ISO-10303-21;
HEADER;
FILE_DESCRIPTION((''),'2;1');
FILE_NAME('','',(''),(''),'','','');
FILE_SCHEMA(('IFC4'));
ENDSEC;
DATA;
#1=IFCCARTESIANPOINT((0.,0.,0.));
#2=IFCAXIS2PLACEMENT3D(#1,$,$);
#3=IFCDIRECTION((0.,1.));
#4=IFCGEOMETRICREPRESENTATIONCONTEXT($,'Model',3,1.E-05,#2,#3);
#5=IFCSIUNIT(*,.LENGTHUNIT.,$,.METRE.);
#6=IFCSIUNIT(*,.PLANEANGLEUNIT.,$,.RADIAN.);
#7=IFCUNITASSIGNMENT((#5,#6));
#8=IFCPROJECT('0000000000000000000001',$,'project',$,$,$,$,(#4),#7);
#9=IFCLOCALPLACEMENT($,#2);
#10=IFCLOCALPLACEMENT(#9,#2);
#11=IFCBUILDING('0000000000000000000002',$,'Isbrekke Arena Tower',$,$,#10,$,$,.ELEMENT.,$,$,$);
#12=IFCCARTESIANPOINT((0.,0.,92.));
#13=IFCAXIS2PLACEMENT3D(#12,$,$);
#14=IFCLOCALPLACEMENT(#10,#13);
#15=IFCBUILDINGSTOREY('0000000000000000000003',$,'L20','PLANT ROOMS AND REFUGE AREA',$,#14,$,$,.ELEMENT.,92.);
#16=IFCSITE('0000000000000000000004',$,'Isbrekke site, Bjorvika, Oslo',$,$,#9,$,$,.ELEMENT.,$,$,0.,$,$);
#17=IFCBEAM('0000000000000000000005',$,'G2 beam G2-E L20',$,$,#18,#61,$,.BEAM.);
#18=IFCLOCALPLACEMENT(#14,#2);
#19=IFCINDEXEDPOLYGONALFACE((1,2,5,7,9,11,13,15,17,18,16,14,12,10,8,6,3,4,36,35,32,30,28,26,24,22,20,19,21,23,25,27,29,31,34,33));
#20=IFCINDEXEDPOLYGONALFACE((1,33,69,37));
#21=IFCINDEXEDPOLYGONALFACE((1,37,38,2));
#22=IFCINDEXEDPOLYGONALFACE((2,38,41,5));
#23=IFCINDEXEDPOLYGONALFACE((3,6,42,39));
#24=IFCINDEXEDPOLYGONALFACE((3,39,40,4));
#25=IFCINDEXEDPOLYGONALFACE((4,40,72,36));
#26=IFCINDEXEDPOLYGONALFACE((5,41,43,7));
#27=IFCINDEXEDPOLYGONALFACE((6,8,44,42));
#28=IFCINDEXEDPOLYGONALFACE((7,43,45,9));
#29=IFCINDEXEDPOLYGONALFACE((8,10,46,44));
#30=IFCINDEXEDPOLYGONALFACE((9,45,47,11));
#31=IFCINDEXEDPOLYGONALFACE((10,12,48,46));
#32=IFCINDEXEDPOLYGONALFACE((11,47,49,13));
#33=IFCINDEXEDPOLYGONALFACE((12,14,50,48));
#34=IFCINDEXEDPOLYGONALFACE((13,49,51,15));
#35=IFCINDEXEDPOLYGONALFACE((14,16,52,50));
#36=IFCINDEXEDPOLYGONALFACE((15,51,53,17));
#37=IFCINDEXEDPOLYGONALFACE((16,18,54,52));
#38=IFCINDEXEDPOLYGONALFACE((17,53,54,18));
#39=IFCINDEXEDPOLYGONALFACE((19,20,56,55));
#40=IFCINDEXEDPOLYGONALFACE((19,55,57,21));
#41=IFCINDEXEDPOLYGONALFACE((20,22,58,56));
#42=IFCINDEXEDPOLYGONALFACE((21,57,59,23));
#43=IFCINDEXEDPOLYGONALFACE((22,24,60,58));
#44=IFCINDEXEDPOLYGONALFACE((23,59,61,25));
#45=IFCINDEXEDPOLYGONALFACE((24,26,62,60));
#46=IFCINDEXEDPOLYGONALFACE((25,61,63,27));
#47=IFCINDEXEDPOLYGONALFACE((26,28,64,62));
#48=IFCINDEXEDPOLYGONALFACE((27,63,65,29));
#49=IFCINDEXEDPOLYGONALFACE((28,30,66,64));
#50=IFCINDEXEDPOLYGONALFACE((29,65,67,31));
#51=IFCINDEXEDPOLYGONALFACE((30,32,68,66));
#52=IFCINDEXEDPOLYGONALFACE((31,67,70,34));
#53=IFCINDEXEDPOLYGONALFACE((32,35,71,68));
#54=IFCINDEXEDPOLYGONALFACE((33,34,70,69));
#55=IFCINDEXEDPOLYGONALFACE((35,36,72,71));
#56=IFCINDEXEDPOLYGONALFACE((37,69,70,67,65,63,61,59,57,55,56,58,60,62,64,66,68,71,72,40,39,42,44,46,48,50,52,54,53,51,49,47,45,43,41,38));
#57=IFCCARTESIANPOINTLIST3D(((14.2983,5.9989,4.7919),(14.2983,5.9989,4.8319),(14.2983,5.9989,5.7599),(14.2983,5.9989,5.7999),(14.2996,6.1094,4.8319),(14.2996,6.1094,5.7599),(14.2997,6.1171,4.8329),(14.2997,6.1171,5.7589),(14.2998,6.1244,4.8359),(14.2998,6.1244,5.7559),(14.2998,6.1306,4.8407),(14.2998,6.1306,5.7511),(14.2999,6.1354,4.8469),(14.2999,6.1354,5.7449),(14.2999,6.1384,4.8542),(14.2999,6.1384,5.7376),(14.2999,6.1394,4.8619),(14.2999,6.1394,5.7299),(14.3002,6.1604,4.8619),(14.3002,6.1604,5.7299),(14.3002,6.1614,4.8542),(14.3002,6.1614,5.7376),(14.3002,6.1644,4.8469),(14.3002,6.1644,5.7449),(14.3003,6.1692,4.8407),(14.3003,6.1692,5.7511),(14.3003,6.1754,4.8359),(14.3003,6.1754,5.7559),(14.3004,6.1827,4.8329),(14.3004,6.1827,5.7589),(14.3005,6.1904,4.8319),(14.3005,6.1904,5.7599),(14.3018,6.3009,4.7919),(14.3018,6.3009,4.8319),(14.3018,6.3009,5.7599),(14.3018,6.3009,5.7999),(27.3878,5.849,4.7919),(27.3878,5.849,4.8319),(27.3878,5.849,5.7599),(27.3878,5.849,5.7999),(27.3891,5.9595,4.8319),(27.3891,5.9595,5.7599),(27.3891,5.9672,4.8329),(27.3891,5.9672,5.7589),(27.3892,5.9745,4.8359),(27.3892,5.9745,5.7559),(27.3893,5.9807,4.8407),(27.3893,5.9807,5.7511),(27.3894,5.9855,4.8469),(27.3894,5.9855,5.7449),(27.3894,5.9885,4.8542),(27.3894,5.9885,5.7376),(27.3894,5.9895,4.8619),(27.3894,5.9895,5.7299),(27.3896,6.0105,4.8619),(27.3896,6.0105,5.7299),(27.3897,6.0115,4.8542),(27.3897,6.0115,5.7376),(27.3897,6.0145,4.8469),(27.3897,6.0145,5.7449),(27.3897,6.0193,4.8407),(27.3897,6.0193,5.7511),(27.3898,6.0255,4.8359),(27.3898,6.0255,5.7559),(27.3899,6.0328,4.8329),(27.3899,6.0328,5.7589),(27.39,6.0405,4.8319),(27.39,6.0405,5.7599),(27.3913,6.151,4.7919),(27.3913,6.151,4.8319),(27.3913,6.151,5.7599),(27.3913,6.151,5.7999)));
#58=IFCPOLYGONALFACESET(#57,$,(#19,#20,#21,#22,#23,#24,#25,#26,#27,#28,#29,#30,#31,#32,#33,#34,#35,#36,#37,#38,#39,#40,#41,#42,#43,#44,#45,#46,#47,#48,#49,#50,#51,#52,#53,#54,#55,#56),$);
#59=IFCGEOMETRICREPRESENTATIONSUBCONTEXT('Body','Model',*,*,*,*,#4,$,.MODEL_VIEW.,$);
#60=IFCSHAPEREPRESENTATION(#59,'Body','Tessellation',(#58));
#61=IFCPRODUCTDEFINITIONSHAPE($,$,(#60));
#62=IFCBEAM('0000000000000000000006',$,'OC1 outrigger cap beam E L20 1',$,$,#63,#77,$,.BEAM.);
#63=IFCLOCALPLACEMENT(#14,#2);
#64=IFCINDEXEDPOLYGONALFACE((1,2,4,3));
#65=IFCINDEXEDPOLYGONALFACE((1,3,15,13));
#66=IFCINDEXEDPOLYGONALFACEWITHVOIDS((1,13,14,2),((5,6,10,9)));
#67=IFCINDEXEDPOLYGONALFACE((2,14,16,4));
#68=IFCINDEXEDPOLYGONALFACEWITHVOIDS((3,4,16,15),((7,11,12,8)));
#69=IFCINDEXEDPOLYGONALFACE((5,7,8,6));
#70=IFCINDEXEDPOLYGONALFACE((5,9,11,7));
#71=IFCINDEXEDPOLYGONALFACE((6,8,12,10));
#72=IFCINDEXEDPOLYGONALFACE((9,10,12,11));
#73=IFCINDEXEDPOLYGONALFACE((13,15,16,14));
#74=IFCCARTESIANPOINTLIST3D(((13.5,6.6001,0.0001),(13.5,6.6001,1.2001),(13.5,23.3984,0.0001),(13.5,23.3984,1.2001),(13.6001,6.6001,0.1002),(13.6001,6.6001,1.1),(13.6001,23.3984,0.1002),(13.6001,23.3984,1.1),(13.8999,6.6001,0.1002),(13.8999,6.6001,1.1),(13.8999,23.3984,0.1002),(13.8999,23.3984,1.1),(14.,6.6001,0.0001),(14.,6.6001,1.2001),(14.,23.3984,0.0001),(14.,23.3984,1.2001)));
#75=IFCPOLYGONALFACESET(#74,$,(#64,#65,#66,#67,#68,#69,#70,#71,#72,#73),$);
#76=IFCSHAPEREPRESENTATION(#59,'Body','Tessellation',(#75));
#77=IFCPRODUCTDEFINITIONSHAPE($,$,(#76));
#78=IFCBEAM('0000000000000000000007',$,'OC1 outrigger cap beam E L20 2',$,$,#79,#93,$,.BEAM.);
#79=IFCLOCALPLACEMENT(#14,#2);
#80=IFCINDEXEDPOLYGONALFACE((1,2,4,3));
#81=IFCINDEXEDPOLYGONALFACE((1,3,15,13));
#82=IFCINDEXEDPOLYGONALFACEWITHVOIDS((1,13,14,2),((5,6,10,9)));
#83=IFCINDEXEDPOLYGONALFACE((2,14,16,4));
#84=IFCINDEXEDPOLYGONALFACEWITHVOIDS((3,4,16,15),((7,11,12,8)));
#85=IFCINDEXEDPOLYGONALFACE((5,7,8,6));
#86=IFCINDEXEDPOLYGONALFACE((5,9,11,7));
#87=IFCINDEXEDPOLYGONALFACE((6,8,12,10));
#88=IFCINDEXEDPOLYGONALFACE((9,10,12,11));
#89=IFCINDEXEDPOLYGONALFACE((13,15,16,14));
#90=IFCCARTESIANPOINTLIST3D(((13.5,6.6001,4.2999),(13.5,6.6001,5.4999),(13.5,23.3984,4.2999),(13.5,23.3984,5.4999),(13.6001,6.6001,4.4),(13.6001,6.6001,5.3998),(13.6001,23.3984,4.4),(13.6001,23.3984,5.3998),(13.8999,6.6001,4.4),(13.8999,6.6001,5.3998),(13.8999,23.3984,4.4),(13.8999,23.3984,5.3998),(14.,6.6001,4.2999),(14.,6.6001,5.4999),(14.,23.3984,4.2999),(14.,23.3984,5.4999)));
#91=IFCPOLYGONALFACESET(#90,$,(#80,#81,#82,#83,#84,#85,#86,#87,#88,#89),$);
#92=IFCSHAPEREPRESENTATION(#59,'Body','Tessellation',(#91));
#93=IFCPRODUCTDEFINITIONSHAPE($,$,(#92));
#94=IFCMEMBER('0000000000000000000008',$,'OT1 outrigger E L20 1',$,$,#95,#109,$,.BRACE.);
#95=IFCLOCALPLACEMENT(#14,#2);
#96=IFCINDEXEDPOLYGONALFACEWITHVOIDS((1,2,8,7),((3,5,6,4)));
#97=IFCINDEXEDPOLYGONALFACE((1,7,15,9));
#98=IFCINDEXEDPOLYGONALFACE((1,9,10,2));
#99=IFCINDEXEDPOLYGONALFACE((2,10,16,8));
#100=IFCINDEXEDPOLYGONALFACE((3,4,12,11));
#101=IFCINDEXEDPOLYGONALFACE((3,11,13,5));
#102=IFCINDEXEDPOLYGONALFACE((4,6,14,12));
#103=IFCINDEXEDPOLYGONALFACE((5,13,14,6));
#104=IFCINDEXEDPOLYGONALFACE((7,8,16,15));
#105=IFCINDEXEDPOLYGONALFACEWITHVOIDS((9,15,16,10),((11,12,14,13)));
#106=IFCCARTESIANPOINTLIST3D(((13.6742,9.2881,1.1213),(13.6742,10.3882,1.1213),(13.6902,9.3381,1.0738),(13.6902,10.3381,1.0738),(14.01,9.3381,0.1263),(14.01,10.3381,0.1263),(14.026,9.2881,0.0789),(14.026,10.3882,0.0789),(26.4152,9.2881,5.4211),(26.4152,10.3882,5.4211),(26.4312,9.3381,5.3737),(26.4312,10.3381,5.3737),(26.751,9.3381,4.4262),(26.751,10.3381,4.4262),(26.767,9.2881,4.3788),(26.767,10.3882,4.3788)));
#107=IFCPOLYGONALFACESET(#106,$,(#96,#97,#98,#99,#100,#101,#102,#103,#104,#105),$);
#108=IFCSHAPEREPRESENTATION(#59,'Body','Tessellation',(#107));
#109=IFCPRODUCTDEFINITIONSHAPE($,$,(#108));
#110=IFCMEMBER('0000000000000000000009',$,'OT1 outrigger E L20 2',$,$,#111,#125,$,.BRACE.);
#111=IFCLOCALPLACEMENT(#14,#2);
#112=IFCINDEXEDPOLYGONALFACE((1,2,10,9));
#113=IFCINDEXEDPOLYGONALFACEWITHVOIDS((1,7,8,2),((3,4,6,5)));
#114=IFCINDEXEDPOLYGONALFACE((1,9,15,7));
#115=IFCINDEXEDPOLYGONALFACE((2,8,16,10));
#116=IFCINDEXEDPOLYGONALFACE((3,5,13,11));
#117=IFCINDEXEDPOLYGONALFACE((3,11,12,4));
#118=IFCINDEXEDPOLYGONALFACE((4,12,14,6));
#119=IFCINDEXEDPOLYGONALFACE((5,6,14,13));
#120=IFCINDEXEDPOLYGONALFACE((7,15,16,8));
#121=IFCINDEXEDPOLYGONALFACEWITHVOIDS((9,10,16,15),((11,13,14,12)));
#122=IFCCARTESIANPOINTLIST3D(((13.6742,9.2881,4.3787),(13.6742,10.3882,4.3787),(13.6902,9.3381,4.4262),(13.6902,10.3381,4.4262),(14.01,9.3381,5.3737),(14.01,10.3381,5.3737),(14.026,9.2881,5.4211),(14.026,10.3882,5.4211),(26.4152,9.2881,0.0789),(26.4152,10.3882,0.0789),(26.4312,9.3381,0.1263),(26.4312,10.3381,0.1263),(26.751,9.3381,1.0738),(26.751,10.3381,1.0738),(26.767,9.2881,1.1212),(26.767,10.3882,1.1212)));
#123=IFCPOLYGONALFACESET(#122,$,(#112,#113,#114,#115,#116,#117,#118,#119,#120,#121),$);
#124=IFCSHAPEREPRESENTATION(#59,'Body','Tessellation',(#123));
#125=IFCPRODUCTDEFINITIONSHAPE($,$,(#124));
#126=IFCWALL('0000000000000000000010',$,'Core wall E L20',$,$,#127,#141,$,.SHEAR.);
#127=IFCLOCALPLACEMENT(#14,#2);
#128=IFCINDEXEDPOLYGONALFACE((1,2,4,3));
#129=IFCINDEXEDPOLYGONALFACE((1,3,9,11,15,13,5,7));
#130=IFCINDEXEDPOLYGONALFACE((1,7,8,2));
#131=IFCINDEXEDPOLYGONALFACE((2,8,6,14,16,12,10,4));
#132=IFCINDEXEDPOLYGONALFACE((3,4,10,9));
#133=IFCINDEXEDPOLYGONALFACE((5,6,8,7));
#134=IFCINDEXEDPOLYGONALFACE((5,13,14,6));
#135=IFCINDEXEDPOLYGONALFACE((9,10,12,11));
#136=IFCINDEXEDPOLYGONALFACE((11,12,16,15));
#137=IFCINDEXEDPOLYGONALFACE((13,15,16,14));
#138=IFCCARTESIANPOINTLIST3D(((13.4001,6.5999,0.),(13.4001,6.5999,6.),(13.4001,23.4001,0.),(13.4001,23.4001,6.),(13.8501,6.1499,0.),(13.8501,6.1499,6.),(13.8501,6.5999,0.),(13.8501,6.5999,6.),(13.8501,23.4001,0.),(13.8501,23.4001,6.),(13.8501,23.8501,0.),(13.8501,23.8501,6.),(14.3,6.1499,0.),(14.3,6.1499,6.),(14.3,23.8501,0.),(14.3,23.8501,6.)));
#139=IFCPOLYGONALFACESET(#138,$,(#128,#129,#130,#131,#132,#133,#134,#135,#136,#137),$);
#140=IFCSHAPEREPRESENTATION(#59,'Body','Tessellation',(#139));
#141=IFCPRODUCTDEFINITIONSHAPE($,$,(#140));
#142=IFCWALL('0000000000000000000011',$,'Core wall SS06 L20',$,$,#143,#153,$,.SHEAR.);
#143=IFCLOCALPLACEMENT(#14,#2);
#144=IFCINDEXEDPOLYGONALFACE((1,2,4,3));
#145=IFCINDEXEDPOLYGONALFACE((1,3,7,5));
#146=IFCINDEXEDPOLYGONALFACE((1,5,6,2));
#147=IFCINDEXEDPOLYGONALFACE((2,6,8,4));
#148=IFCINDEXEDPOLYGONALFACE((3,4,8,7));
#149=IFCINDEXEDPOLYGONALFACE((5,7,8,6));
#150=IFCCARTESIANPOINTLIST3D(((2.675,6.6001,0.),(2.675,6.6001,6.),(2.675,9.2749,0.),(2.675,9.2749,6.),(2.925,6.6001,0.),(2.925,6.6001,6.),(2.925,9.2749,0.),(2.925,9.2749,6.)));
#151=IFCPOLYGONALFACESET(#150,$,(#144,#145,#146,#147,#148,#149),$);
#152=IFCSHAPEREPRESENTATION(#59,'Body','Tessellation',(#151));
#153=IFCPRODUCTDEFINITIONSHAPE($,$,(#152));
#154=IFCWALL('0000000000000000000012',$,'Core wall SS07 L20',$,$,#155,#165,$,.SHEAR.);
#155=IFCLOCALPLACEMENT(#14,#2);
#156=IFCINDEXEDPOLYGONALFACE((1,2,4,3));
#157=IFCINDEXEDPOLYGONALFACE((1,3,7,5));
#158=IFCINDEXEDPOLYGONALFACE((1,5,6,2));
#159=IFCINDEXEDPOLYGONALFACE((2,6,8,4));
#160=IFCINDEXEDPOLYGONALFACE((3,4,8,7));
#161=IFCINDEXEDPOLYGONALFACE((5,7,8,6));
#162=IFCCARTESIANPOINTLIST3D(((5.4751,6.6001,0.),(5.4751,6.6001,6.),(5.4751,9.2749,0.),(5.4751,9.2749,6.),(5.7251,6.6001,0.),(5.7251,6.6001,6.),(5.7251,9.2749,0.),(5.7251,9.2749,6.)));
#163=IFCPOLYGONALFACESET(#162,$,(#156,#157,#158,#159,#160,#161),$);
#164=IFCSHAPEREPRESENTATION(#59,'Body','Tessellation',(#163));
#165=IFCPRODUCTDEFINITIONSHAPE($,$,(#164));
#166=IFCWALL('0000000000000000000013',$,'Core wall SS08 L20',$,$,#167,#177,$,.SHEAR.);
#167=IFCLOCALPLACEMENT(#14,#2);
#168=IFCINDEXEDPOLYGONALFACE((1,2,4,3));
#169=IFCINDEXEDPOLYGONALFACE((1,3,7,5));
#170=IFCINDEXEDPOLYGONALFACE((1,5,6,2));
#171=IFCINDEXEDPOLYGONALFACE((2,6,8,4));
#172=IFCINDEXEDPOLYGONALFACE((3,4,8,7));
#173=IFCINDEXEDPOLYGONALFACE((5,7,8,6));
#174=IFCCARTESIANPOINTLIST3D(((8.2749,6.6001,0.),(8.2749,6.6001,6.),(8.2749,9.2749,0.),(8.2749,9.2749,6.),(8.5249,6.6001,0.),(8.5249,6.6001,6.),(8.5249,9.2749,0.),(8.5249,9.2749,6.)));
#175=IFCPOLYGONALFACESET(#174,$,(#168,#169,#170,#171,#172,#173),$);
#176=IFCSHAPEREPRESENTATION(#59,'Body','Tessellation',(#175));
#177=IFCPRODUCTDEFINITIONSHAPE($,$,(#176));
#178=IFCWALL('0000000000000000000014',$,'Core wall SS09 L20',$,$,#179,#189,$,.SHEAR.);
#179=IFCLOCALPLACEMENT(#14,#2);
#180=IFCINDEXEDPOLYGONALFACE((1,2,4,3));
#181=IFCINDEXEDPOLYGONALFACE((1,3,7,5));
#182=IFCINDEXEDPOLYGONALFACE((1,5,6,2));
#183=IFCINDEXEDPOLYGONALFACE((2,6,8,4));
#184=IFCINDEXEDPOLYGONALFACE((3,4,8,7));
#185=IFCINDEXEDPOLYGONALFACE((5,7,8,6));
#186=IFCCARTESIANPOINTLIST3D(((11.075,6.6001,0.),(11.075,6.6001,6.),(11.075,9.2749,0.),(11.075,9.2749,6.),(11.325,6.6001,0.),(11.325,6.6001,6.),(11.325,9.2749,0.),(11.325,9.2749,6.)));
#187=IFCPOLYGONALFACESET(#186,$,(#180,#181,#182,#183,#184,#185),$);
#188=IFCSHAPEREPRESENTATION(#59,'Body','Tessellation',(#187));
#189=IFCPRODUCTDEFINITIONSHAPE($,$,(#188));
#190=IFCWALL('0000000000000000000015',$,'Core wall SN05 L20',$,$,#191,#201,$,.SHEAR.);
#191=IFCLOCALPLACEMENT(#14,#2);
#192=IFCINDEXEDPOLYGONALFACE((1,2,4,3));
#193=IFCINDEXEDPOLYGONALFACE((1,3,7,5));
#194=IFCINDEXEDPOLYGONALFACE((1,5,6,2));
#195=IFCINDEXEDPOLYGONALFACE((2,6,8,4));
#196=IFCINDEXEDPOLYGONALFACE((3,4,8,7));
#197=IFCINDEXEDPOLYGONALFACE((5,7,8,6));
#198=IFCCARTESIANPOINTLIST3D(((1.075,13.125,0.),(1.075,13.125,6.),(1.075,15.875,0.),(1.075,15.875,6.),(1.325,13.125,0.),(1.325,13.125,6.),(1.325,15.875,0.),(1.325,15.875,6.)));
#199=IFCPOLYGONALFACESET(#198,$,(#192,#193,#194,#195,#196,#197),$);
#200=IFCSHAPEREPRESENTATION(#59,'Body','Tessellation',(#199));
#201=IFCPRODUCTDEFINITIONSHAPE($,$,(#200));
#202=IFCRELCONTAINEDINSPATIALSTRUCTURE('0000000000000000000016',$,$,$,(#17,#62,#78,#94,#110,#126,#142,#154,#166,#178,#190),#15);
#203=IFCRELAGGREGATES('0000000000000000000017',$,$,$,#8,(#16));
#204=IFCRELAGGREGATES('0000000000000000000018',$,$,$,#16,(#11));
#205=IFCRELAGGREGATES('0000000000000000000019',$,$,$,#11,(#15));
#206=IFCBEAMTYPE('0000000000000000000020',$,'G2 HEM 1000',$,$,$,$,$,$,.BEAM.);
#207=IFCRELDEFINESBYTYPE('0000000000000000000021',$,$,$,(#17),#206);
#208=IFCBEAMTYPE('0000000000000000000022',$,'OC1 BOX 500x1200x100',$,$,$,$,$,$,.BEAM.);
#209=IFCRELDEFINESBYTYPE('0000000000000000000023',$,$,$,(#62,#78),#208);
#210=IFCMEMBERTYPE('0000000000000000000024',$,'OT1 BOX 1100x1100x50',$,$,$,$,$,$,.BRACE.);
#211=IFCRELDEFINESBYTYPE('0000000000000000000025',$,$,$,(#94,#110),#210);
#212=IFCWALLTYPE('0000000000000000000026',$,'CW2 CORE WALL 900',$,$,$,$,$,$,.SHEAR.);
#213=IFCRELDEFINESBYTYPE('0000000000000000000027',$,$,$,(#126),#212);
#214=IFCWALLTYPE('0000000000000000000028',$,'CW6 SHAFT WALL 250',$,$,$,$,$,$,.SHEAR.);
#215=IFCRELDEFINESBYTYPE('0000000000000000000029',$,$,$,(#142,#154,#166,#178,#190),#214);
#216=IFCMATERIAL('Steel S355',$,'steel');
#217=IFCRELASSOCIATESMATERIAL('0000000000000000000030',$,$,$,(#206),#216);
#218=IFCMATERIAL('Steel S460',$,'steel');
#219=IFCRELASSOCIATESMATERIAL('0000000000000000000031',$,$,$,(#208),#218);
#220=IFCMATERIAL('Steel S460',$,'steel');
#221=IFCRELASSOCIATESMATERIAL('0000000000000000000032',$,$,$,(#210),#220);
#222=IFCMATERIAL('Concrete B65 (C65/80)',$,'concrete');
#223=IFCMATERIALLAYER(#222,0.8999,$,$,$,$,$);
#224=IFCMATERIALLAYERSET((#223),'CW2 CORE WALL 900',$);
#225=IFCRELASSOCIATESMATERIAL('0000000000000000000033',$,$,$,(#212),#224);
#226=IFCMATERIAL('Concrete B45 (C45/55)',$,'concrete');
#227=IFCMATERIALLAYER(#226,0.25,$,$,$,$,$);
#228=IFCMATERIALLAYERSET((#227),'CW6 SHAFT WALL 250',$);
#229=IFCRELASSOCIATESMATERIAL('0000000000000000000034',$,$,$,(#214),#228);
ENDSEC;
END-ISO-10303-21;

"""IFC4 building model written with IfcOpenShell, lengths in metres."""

from ifc_helpers import new_model, si_unit, direction, frame, frame_2d, origin, origin_2d, place, context, subcontext, project, spatial, polyline, rectangle, hollow_rectangle, i_section, outline, extrude, material, layer, layer_set, material_profile, profile_set, type_object, element, save


model = new_model("IFC4")

# Units and contexts
model_context = context("Model", 3, precision=1e-05, world=origin(), true_north=direction((0.0, 1.0)))
body_context = subcontext(model_context, "Body", "Model", "MODEL_VIEW")
ifc_project = project(units=[si_unit("LENGTHUNIT", "METRE"), si_unit("PLANEANGLEUNIT", "RADIAN")], contexts=[model_context])

# Site, building, storey
site_placement = place(None, origin())
site = spatial("IfcSite", under=ifc_project, at=site_placement, Name="Isbrekke site, Bjorvika, Oslo", CompositionType="ELEMENT", RefElevation=0.0)
building_placement = place(site_placement, origin())
building = spatial("IfcBuilding", under=site, at=building_placement, Name="Isbrekke Arena Tower", CompositionType="ELEMENT")
storey_placement = place(building_placement, frame((0.0, 0.0, 92.0)))
storey = spatial("IfcBuildingStorey", under=building, at=storey_placement, Name="L20", Description="PLANT ROOMS AND REFUGE AREA", CompositionType="ELEMENT", Elevation=92.0)

# Beams
ifc_material_1 = material(Name="Steel S355", Category="steel")
ifc_material_profile_1 = material_profile(ifc_material_1, i_section(OverallWidth=0.302, OverallDepth=1.0081, WebThickness=0.021, FlangeThickness=0.04, FilletRadius=0.03, at=origin_2d()), Name="HEM 1000")
ifc_profile_set_1 = profile_set([ifc_material_profile_1], Name="Steel S355")
beam_type_1 = type_object("IfcBeamType", Name="G2 HEM 1000", PredefinedType="BEAM", material=ifc_profile_set_1)
beam_placement = place(storey_placement, frame((14.3, 6.1499, 5.2959), z_axis=(0.999934, -0.011451, 0.0), x_axis=(0.011451, 0.999934, 0.0)))
element("IfcBeam", 1, at=beam_placement, inside=storey, type_object=beam_type_1, Name="G2 beam G2-E L20", PredefinedType="BEAM", context=body_context, shape_type="SweptSolid", body=[
    extrude(i_section(OverallWidth=0.302, OverallDepth=1.0081, WebThickness=0.021, FlangeThickness=0.04, FilletRadius=0.03, at=origin_2d()), origin(), (0.0, 0.0, 1.0), 13.0903),
])
ifc_material_2 = material(Name="Steel S460", Category="steel")
ifc_material_profile_2 = material_profile(ifc_material_2, hollow_rectangle(XDim=0.5, YDim=1.2, WallThickness=0.1001, at=origin_2d()), Name="BOX 500x1200x100")
ifc_profile_set_2 = profile_set([ifc_material_profile_2], Name="Steel S460")
beam_type_2 = type_object("IfcBeamType", Name="OC1 BOX 500x1200x100", PredefinedType="BEAM", material=ifc_profile_set_2)
for number, where, z_axis, x_axis, name in (
    (2, (13.75, 6.6001, 0.6001), (0.0, 1.0, 0.0), (-1.0, 0.0, 0.0), "OC1 outrigger cap beam E L20 1"),
    (3, (13.75, 6.6001, 4.8999), (0.0, 1.0, 0.0), (-1.0, 0.0, 0.0), "OC1 outrigger cap beam E L20 2"),
):
    element("IfcBeam", number, at=place(storey_placement, frame(where, z_axis=z_axis, x_axis=x_axis)), inside=storey, type_object=beam_type_2, Name=name, PredefinedType="BEAM", context=body_context, shape_type="SweptSolid", body=[
        extrude(hollow_rectangle(XDim=0.5, YDim=1.2, WallThickness=0.1001, at=origin_2d()), origin(), (0.0, 0.0, 1.0), 16.7983),
    ])

# Members
ifc_material_3 = material(Name="Steel S460", Category="steel")
ifc_material_profile_3 = material_profile(ifc_material_3, hollow_rectangle(XDim=1.1001, YDim=1.1001, WallThickness=0.05, at=origin_2d()), Name="BOX 1100x1100x50")
ifc_profile_set_3 = profile_set([ifc_material_profile_3], Name="Steel S460")
member_type = type_object("IfcMemberType", Name="OT1 BOX 1100x1100x50", PredefinedType="BRACE", material=ifc_profile_set_3)
for number, where, z_axis, x_axis, name in (
    (4, (13.8501, 9.8381, 0.6001), (0.947498, 0.0, 0.319761), (0.0, 1.0, 0.0), "OT1 outrigger E L20 1"),
    (5, (13.8501, 9.8381, 4.8999), (0.947498, 0.0, -0.319761), (0.0, 1.0, 0.0), "OT1 outrigger E L20 2"),
):
    element("IfcMember", number, at=place(storey_placement, frame(where, z_axis=z_axis, x_axis=x_axis)), inside=storey, type_object=member_type, Name=name, PredefinedType="BRACE", context=body_context, shape_type="SweptSolid", body=[
        extrude(hollow_rectangle(XDim=1.1001, YDim=1.1001, WallThickness=0.05, at=origin_2d()), origin(), (0.0, 0.0, 1.0), 13.447),
    ])

# Walls
ifc_material_4 = material(Name="Concrete B65 (C65/80)", Category="concrete")
ifc_layer_1 = layer(ifc_material_4, 0.8999)
ifc_layer_set_1 = layer_set([ifc_layer_1], Name="CW2 CORE WALL 900")
wall_type_1 = type_object("IfcWallType", Name="CW2 CORE WALL 900", PredefinedType="SHEAR", material=ifc_layer_set_1)
wall_1_placement = place(storey_placement, frame((13.8501, 6.1499, 0.0), z_axis=(0.0, 0.0, 1.0), x_axis=(0.0, 1.0, 0.0)))
element("IfcWall", 6, at=wall_1_placement, inside=storey, type_object=wall_type_1, Name="Core wall E L20", PredefinedType="SHEAR", context=body_context, shape_type="SweptSolid", body=[
    extrude(outline(polyline([(0.0, -0.45), (17.7002, -0.45), (17.7002, 0.0), (17.2502, 0.0), (17.2502, 0.45), (0.45, 0.45), (0.45, 0.0), (0.0, 0.0), (0.0, -0.45)])), origin(), (0.0, 0.0, 1.0), 6.0),
])
ifc_material_5 = material(Name="Concrete B45 (C45/55)", Category="concrete")
ifc_layer_2 = layer(ifc_material_5, 0.25)
ifc_layer_set_2 = layer_set([ifc_layer_2], Name="CW6 SHAFT WALL 250")
wall_type_2 = type_object("IfcWallType", Name="CW6 SHAFT WALL 250", PredefinedType="SHEAR", material=ifc_layer_set_2)
for number, where, z_axis, x_axis, name in (
    (7, (2.8, 6.6001, 0.0), (0.0, 0.0, 1.0), (0.0, 1.0, 0.0), "Core wall SS06 L20"),
    (8, (5.6001, 6.6001, 0.0), (0.0, 0.0, 1.0), (0.0, 1.0, 0.0), "Core wall SS07 L20"),
    (9, (8.3999, 6.6001, 0.0), (0.0, 0.0, 1.0), (0.0, 1.0, 0.0), "Core wall SS08 L20"),
    (10, (11.2, 6.6001, 0.0), (0.0, 0.0, 1.0), (0.0, 1.0, 0.0), "Core wall SS09 L20"),
):
    element("IfcWall", number, at=place(storey_placement, frame(where, z_axis=z_axis, x_axis=x_axis)), inside=storey, type_object=wall_type_2, Name=name, PredefinedType="SHEAR", context=body_context, shape_type="SweptSolid", body=[
        extrude(rectangle(XDim=2.6748, YDim=0.25, at=frame_2d((1.3374, 0.0))), origin(), (0.0, 0.0, 1.0), 6.0),
    ])
for number, where, z_axis, x_axis, name in (
    (11, (1.2, 13.125, 0.0), (0.0, 0.0, 1.0), (0.0, 1.0, 0.0), "Core wall SN05 L20"),
):
    element("IfcWall", number, at=place(storey_placement, frame(where, z_axis=z_axis, x_axis=x_axis)), inside=storey, type_object=wall_type_2, Name=name, PredefinedType="SHEAR", context=body_context, shape_type="SweptSolid", body=[
        extrude(rectangle(XDim=2.75, YDim=0.25, at=frame_2d((1.375, 0.0))), origin(), (0.0, 0.0, 1.0), 6.0),
    ])

save(model, "model.ifc")
